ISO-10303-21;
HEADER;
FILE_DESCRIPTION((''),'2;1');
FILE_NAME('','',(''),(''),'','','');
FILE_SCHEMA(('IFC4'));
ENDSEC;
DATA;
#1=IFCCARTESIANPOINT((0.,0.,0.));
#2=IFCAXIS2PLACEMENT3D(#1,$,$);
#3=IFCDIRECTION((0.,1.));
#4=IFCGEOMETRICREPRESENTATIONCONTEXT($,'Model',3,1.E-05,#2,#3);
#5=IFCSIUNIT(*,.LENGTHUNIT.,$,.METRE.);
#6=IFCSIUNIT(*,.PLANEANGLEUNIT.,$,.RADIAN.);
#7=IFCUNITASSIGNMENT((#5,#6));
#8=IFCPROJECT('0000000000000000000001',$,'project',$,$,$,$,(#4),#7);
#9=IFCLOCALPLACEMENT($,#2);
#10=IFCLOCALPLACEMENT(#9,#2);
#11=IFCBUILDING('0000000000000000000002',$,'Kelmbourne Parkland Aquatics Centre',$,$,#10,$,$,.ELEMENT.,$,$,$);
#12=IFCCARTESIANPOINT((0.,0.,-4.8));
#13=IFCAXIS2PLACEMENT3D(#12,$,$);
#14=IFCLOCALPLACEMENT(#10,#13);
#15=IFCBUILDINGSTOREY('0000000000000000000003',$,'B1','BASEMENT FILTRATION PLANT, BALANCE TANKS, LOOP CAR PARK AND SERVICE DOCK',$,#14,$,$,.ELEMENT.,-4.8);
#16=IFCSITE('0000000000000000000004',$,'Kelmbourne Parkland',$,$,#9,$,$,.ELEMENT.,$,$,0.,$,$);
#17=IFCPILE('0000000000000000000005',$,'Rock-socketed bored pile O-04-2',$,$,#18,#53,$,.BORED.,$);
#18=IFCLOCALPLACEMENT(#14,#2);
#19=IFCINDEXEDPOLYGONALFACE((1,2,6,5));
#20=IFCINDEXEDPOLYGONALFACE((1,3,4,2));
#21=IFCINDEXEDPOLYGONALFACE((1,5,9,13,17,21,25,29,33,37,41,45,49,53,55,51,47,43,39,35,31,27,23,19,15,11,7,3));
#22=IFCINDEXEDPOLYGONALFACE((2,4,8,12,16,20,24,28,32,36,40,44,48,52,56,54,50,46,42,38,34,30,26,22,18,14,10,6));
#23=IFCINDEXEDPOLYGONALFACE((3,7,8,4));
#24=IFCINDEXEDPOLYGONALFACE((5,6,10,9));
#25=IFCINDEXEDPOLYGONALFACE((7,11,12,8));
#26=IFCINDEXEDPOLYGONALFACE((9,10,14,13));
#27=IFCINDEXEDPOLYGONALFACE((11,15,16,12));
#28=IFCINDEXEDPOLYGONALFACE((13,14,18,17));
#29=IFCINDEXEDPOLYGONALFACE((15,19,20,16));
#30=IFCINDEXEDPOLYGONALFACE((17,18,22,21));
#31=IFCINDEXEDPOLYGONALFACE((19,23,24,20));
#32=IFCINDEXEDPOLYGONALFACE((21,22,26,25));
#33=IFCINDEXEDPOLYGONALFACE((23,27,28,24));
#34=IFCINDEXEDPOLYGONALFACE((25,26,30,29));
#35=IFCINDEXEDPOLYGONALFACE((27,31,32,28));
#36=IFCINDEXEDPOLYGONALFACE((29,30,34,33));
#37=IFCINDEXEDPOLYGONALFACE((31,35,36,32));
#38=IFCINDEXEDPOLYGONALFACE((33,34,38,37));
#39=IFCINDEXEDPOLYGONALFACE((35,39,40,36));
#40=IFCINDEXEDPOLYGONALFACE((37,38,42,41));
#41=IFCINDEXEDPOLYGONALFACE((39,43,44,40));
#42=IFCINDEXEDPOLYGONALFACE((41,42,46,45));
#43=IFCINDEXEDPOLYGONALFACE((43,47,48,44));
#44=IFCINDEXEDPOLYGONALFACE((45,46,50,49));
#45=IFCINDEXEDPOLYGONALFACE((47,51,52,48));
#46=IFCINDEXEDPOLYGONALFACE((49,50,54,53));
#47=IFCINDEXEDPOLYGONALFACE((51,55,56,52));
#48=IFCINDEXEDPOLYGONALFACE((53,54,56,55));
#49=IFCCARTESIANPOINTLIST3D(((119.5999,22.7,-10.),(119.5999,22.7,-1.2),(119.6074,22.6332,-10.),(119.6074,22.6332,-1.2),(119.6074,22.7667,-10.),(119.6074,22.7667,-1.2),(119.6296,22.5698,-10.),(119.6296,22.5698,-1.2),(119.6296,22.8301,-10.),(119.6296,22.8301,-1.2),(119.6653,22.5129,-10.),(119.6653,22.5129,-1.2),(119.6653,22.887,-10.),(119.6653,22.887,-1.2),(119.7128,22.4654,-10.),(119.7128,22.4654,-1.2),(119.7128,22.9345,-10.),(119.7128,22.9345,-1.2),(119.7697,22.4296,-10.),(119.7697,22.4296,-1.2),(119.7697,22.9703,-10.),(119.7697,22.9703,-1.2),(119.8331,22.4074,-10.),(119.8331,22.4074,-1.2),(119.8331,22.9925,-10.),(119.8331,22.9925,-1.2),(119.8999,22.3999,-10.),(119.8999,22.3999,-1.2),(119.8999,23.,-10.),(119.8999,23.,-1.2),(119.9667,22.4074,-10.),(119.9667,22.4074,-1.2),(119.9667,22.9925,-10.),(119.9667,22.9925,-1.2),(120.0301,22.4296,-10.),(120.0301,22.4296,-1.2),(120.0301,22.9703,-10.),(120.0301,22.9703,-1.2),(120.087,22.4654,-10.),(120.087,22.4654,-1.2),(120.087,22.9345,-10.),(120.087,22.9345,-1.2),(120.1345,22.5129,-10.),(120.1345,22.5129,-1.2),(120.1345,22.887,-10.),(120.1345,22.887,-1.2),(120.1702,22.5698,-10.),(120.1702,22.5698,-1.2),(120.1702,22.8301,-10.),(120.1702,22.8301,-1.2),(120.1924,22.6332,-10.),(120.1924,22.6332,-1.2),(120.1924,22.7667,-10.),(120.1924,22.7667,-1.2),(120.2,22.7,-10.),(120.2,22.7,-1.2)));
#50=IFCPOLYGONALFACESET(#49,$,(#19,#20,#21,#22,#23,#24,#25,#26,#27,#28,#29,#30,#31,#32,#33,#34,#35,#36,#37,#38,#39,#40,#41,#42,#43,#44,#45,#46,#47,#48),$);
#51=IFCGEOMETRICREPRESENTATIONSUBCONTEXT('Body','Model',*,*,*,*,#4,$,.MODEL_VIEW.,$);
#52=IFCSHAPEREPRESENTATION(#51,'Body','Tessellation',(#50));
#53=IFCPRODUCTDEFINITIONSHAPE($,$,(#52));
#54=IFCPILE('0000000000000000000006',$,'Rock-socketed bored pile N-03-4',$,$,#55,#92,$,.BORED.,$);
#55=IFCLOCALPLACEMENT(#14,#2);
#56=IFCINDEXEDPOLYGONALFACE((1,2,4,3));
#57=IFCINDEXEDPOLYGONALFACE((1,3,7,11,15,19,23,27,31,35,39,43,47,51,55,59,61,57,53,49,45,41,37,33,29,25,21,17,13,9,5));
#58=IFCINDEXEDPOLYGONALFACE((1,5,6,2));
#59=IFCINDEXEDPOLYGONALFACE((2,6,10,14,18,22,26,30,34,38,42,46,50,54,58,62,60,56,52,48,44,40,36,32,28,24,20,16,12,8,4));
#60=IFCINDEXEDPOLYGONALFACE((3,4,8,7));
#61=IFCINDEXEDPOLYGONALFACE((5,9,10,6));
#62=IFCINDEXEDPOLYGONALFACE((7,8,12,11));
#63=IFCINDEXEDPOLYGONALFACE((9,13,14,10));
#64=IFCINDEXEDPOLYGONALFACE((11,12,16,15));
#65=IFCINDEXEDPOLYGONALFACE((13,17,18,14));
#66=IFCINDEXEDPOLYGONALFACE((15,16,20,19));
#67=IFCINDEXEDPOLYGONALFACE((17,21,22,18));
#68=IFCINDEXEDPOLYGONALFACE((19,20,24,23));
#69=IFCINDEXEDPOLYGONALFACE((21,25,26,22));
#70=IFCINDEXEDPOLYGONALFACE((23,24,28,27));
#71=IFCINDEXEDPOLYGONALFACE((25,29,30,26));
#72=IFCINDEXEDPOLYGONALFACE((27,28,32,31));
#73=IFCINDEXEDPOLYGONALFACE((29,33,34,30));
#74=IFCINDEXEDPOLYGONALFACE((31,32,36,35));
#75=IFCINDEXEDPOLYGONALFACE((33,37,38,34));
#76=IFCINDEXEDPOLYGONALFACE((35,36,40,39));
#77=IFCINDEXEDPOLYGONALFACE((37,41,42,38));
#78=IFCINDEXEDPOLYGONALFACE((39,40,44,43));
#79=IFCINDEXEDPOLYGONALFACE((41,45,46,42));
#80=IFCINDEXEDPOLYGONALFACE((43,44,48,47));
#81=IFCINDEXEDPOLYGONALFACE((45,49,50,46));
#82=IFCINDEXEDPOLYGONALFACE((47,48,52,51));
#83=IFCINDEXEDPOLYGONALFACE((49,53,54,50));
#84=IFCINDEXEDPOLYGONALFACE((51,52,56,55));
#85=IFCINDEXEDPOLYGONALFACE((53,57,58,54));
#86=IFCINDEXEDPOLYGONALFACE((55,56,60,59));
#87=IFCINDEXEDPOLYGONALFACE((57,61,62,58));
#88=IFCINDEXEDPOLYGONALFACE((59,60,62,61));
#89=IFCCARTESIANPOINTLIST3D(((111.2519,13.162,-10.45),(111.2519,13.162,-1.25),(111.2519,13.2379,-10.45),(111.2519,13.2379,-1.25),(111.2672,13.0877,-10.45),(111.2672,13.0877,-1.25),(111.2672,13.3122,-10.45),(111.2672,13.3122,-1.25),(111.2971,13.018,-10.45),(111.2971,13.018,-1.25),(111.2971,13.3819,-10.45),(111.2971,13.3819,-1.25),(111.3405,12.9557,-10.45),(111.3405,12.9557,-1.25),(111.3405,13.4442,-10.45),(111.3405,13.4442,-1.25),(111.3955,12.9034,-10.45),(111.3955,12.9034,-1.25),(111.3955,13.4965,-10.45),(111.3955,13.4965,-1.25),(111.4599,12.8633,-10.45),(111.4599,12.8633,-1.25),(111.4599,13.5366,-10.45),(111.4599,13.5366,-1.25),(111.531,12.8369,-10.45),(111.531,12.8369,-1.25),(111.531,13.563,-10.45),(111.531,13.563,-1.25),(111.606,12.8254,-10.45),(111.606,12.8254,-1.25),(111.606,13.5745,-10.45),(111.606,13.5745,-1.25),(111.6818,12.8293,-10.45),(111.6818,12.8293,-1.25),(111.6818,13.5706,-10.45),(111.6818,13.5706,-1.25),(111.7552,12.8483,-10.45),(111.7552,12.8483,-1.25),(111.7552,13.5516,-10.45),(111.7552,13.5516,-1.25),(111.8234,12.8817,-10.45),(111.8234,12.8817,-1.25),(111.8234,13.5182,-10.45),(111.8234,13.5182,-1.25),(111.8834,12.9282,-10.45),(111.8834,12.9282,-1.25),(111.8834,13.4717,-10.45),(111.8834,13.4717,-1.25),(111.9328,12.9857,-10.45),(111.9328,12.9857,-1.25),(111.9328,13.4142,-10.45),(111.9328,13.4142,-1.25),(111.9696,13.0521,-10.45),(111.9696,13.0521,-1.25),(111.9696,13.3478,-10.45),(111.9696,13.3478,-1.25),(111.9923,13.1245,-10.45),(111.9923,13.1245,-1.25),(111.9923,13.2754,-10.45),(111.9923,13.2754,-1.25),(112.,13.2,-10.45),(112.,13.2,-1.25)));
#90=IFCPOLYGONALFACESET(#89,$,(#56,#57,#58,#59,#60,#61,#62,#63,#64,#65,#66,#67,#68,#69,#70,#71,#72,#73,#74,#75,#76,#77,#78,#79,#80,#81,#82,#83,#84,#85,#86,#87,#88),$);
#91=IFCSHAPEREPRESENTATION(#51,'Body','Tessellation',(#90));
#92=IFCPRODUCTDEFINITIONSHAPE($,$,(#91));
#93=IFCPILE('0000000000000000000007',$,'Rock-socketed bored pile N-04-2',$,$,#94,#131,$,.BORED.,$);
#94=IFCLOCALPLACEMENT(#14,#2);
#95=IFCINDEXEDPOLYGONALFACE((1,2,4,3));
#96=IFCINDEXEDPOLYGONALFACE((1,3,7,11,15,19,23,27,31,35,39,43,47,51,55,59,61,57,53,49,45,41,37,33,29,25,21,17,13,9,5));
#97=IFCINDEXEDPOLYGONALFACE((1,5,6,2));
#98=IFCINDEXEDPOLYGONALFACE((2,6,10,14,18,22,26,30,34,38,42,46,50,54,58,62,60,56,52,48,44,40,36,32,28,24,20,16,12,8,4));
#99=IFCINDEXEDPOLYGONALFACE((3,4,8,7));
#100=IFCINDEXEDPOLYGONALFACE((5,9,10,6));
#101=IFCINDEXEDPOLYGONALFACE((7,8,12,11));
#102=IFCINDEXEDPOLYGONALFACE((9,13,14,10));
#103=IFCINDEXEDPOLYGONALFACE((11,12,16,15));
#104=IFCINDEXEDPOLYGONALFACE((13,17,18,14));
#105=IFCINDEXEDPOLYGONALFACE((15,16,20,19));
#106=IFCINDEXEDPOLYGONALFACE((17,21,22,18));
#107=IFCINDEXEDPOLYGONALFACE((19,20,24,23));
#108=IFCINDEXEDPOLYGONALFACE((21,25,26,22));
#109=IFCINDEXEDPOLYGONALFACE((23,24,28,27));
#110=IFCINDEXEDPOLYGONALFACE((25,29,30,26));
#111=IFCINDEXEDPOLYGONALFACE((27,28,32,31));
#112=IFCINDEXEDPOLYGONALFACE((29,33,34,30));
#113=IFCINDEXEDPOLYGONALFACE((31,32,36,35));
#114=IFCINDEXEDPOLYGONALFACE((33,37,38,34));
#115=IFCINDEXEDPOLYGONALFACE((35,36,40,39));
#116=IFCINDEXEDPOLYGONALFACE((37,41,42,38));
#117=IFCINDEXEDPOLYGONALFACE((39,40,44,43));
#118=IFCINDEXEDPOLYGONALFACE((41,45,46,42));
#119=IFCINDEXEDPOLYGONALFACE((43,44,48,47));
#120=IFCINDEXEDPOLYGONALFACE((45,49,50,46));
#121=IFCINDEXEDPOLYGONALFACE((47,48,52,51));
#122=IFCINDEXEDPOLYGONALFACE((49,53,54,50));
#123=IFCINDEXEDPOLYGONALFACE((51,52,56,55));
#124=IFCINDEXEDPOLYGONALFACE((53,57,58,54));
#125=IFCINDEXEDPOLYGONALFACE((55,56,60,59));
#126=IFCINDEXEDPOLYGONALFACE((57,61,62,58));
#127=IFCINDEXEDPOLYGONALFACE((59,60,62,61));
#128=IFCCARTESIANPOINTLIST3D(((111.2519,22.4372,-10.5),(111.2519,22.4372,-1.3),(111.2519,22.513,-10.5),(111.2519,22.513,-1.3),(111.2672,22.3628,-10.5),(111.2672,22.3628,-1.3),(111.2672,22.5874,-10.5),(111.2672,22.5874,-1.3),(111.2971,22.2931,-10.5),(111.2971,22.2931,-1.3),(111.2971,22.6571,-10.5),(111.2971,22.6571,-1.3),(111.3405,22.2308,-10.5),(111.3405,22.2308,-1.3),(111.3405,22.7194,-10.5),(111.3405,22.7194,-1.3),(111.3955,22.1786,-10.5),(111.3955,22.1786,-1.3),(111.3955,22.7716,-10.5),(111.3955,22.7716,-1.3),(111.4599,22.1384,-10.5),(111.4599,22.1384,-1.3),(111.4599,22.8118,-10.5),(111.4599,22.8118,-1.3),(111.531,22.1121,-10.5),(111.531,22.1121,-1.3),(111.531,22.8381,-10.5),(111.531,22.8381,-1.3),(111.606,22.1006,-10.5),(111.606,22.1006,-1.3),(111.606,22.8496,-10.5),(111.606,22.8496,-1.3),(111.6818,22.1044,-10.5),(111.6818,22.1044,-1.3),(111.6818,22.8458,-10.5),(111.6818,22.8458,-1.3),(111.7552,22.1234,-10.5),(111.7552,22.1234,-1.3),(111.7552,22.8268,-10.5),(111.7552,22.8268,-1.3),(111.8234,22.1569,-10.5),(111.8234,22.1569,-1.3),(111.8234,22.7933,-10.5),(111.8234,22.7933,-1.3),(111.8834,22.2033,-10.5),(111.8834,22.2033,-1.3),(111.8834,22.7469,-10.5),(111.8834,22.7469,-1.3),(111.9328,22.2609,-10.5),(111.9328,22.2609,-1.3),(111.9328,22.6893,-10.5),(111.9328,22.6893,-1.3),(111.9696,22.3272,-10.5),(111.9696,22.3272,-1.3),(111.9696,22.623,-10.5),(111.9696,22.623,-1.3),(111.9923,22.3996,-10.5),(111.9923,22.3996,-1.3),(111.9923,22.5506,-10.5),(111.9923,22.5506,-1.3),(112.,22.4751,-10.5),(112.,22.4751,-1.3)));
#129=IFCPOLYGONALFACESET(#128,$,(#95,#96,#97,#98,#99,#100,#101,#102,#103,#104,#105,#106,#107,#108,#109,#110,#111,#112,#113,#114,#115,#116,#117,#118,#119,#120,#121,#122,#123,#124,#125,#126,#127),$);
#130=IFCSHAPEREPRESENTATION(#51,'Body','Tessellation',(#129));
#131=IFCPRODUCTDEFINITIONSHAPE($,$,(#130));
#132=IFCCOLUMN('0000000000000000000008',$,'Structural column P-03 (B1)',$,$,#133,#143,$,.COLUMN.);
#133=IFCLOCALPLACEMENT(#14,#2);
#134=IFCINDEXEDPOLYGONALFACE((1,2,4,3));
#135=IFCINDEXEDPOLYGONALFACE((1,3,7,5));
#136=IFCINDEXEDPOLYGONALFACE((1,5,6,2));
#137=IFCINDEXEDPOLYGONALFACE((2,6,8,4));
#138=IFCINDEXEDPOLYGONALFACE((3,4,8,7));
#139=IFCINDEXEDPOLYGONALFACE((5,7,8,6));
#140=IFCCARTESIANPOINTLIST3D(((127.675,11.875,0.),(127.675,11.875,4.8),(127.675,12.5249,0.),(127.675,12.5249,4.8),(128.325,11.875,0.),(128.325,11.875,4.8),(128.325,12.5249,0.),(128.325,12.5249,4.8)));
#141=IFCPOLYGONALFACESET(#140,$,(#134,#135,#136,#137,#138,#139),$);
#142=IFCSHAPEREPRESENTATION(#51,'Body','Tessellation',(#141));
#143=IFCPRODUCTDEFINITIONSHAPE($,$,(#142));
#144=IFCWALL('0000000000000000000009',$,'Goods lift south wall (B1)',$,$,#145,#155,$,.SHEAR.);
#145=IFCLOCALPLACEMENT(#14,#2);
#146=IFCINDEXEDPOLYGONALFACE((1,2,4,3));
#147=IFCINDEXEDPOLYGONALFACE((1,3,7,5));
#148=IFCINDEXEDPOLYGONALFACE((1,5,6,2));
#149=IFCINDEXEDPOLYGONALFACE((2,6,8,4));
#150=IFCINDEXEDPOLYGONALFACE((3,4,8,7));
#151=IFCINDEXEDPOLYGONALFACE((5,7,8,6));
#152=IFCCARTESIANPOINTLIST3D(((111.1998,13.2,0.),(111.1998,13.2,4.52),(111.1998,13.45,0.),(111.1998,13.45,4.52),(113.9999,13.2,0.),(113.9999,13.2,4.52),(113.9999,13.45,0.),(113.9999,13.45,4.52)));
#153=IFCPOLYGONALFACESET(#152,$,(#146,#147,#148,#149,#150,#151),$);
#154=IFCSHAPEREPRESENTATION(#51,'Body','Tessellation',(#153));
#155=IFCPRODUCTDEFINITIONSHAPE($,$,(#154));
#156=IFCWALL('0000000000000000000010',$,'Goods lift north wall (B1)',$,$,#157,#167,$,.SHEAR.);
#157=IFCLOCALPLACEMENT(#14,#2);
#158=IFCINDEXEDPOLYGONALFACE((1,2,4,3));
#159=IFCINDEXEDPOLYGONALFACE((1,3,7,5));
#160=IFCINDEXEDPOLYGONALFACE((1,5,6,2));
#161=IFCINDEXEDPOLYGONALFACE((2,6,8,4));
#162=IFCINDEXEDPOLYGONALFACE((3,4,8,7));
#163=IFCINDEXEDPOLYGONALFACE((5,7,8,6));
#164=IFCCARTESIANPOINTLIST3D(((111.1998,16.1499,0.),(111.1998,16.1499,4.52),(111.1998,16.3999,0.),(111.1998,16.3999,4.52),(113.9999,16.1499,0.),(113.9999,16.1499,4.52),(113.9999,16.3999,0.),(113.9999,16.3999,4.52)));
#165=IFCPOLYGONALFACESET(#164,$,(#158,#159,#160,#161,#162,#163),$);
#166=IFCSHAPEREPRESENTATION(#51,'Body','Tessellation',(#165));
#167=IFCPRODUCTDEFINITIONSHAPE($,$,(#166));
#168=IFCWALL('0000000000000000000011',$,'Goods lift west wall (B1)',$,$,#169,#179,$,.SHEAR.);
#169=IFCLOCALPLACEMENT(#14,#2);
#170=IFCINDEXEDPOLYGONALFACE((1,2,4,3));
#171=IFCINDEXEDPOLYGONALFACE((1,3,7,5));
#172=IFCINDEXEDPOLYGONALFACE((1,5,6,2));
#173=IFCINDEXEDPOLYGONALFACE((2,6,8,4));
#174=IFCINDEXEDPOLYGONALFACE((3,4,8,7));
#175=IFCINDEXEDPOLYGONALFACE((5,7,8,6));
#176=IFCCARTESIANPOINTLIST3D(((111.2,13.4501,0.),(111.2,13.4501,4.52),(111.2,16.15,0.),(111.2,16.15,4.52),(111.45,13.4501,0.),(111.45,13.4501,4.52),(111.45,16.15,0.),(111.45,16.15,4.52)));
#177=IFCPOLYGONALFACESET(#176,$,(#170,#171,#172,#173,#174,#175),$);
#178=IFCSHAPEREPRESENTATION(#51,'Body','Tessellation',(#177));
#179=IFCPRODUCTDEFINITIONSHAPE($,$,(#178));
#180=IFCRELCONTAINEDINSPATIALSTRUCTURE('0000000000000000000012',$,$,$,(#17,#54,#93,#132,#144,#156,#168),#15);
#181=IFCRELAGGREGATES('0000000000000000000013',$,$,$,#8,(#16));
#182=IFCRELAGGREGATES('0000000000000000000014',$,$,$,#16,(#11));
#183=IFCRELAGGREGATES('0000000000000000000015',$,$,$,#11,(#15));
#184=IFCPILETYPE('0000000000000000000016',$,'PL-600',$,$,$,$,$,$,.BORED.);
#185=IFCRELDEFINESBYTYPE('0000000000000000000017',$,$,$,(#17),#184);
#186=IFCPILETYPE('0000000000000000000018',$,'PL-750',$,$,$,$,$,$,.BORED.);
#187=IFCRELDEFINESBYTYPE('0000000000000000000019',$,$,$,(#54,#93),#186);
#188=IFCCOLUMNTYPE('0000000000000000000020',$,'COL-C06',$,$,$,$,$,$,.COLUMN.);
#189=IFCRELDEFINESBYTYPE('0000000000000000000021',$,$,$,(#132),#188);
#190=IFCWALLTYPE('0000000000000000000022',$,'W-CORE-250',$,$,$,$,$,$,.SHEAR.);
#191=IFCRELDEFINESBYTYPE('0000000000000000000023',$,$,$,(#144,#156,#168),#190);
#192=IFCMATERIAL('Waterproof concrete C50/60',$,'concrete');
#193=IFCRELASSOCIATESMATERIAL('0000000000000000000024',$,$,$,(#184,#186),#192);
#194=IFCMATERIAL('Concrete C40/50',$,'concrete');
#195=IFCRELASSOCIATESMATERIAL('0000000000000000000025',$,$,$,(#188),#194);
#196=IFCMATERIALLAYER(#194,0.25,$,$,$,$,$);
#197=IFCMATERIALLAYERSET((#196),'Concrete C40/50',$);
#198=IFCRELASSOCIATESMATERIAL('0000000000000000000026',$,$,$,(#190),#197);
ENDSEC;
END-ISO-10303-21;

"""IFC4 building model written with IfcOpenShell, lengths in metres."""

from ifc_helpers import new_model, si_unit, direction, frame, frame_2d, origin, origin_2d, place, context, subcontext, project, spatial, rectangle, circle, extrude, material, layer, layer_set, material_profile, profile_set, type_object, element, save


model = new_model("IFC4")

# Units and contexts
model_context = context("Model", 3, precision=1e-05, world=origin(), true_north=direction((0.0, 1.0)))
body_context = subcontext(model_context, "Body", "Model", "MODEL_VIEW")
ifc_project = project(units=[si_unit("LENGTHUNIT", "METRE"), si_unit("PLANEANGLEUNIT", "RADIAN")], contexts=[model_context])

# Site, building, storey
site_placement = place(None, origin())
site = spatial("IfcSite", under=ifc_project, at=site_placement, Name="Kelmbourne Parkland", CompositionType="ELEMENT", RefElevation=0.0)
building_placement = place(site_placement, origin())
building = spatial("IfcBuilding", under=site, at=building_placement, Name="Kelmbourne Parkland Aquatics Centre", CompositionType="ELEMENT")
storey_placement = place(building_placement, frame((0.0, 0.0, -4.8)))
storey = spatial("IfcBuildingStorey", under=building, at=storey_placement, Name="B1", Description="BASEMENT FILTRATION PLANT, BALANCE TANKS, LOOP CAR PARK AND SERVICE DOCK", CompositionType="ELEMENT", Elevation=-4.8)

# Shared definitions
ifc_material_1 = material(Name="Waterproof concrete C50/60", Category="concrete")

# Piles
ifc_material_profile_1 = material_profile(ifc_material_1, circle(Radius=0.3, at=origin_2d()), Name="PILE D600")
ifc_profile_set_1 = profile_set([ifc_material_profile_1], Name="Waterproof concrete C50/60")
pile_type_1 = type_object("IfcPileType", Name="PL-600", PredefinedType="BORED", material=ifc_profile_set_1)
for number, where, z_axis, x_axis, name in (
    (1, (119.8999, 22.7, -1.2), (0.0, 0.0, -1.0), (1.0, 0.0, 0.0), "Rock-socketed bored pile O-04-2"),
):
    element("IfcPile", number, at=place(storey_placement, frame(where, z_axis=z_axis, x_axis=x_axis)), inside=storey, type_object=pile_type_1, Name=name, PredefinedType="BORED", context=body_context, shape_type="SweptSolid", body=[
        extrude(circle(Radius=0.3, at=origin_2d()), origin(), (0.0, 0.0, 1.0), 8.8),
    ])
ifc_material_profile_2 = material_profile(ifc_material_1, circle(Radius=0.375, at=origin_2d()), Name="PILE D750")
ifc_profile_set_2 = profile_set([ifc_material_profile_2], Name="Waterproof concrete C50/60")
pile_type_2 = type_object("IfcPileType", Name="PL-750", PredefinedType="BORED", material=ifc_profile_set_2)
for number, where, z_axis, x_axis, name in (
    (2, (111.625, 13.2, -1.25), (0.0, 0.0, -1.0), (1.0, 0.0, 0.0), "Rock-socketed bored pile N-03-4"),
    (3, (111.625, 22.4751, -1.3), (0.0, 0.0, -1.0), (1.0, 0.0, 0.0), "Rock-socketed bored pile N-04-2"),
):
    element("IfcPile", number, at=place(storey_placement, frame(where, z_axis=z_axis, x_axis=x_axis)), inside=storey, type_object=pile_type_2, Name=name, PredefinedType="BORED", context=body_context, shape_type="SweptSolid", body=[
        extrude(circle(Radius=0.375, at=origin_2d()), origin(), (0.0, 0.0, 1.0), 9.2),
    ])

# Column
ifc_material_2 = material(Name="Concrete C40/50", Category="concrete")
ifc_material_profile_3 = material_profile(ifc_material_2, rectangle(XDim=0.6499, YDim=0.6499, at=origin_2d()), Name="RC 650x650")
ifc_profile_set_3 = profile_set([ifc_material_profile_3], Name="Concrete C40/50")
column_type = type_object("IfcColumnType", Name="COL-C06", PredefinedType="COLUMN", material=ifc_profile_set_3)
column_placement = place(storey_placement, frame((128.0, 12.2, 0.0), z_axis=(0.0, 0.0, 1.0), x_axis=(1.0, 0.0, 0.0)))
element("IfcColumn", 4, at=column_placement, inside=storey, type_object=column_type, Name="Structural column P-03 (B1)", PredefinedType="COLUMN", context=body_context, shape_type="SweptSolid", body=[
    extrude(rectangle(XDim=0.6499, YDim=0.6499, at=origin_2d()), origin(), (0.0, 0.0, 1.0), 4.8),
])

# Walls
ifc_layer_1 = layer(ifc_material_2, 0.25)
ifc_layer_set_1 = layer_set([ifc_layer_1], Name="Concrete C40/50")
wall_type_1 = type_object("IfcWallType", Name="W-CORE-250", PredefinedType="SHEAR", material=ifc_layer_set_1)
for number, where, z_axis, x_axis, name in (
    (5, (111.2, 13.325, 0.0), (0.0, 0.0, 1.0), (1.0, 0.0, 0.0), "Goods lift south wall (B1)"),
    (6, (111.2, 16.2749, 0.0), (0.0, 0.0, 1.0), (1.0, 0.0, 0.0), "Goods lift north wall (B1)"),
):
    element("IfcWall", number, at=place(storey_placement, frame(where, z_axis=z_axis, x_axis=x_axis)), inside=storey, type_object=wall_type_1, Name=name, PredefinedType="SHEAR", context=body_context, shape_type="SweptSolid", body=[
        extrude(rectangle(XDim=2.8, YDim=0.25, at=frame_2d((1.3999, 0.0))), origin(), (0.0, 0.0, 1.0), 4.52),
    ])
wall_1_placement = place(storey_placement, frame((111.325, 13.45, 0.0), z_axis=(0.0, 0.0, 1.0), x_axis=(0.0, 1.0, 0.0)))
element("IfcWall", 7, at=wall_1_placement, inside=storey, type_object=wall_type_1, Name="Goods lift west wall (B1)", PredefinedType="SHEAR", context=body_context, shape_type="SweptSolid", body=[
    extrude(rectangle(XDim=2.7, YDim=0.25, at=frame_2d((1.3501, 0.0))), origin(), (0.0, 0.0, 1.0), 4.52),
])

save(model, "model.ifc")
